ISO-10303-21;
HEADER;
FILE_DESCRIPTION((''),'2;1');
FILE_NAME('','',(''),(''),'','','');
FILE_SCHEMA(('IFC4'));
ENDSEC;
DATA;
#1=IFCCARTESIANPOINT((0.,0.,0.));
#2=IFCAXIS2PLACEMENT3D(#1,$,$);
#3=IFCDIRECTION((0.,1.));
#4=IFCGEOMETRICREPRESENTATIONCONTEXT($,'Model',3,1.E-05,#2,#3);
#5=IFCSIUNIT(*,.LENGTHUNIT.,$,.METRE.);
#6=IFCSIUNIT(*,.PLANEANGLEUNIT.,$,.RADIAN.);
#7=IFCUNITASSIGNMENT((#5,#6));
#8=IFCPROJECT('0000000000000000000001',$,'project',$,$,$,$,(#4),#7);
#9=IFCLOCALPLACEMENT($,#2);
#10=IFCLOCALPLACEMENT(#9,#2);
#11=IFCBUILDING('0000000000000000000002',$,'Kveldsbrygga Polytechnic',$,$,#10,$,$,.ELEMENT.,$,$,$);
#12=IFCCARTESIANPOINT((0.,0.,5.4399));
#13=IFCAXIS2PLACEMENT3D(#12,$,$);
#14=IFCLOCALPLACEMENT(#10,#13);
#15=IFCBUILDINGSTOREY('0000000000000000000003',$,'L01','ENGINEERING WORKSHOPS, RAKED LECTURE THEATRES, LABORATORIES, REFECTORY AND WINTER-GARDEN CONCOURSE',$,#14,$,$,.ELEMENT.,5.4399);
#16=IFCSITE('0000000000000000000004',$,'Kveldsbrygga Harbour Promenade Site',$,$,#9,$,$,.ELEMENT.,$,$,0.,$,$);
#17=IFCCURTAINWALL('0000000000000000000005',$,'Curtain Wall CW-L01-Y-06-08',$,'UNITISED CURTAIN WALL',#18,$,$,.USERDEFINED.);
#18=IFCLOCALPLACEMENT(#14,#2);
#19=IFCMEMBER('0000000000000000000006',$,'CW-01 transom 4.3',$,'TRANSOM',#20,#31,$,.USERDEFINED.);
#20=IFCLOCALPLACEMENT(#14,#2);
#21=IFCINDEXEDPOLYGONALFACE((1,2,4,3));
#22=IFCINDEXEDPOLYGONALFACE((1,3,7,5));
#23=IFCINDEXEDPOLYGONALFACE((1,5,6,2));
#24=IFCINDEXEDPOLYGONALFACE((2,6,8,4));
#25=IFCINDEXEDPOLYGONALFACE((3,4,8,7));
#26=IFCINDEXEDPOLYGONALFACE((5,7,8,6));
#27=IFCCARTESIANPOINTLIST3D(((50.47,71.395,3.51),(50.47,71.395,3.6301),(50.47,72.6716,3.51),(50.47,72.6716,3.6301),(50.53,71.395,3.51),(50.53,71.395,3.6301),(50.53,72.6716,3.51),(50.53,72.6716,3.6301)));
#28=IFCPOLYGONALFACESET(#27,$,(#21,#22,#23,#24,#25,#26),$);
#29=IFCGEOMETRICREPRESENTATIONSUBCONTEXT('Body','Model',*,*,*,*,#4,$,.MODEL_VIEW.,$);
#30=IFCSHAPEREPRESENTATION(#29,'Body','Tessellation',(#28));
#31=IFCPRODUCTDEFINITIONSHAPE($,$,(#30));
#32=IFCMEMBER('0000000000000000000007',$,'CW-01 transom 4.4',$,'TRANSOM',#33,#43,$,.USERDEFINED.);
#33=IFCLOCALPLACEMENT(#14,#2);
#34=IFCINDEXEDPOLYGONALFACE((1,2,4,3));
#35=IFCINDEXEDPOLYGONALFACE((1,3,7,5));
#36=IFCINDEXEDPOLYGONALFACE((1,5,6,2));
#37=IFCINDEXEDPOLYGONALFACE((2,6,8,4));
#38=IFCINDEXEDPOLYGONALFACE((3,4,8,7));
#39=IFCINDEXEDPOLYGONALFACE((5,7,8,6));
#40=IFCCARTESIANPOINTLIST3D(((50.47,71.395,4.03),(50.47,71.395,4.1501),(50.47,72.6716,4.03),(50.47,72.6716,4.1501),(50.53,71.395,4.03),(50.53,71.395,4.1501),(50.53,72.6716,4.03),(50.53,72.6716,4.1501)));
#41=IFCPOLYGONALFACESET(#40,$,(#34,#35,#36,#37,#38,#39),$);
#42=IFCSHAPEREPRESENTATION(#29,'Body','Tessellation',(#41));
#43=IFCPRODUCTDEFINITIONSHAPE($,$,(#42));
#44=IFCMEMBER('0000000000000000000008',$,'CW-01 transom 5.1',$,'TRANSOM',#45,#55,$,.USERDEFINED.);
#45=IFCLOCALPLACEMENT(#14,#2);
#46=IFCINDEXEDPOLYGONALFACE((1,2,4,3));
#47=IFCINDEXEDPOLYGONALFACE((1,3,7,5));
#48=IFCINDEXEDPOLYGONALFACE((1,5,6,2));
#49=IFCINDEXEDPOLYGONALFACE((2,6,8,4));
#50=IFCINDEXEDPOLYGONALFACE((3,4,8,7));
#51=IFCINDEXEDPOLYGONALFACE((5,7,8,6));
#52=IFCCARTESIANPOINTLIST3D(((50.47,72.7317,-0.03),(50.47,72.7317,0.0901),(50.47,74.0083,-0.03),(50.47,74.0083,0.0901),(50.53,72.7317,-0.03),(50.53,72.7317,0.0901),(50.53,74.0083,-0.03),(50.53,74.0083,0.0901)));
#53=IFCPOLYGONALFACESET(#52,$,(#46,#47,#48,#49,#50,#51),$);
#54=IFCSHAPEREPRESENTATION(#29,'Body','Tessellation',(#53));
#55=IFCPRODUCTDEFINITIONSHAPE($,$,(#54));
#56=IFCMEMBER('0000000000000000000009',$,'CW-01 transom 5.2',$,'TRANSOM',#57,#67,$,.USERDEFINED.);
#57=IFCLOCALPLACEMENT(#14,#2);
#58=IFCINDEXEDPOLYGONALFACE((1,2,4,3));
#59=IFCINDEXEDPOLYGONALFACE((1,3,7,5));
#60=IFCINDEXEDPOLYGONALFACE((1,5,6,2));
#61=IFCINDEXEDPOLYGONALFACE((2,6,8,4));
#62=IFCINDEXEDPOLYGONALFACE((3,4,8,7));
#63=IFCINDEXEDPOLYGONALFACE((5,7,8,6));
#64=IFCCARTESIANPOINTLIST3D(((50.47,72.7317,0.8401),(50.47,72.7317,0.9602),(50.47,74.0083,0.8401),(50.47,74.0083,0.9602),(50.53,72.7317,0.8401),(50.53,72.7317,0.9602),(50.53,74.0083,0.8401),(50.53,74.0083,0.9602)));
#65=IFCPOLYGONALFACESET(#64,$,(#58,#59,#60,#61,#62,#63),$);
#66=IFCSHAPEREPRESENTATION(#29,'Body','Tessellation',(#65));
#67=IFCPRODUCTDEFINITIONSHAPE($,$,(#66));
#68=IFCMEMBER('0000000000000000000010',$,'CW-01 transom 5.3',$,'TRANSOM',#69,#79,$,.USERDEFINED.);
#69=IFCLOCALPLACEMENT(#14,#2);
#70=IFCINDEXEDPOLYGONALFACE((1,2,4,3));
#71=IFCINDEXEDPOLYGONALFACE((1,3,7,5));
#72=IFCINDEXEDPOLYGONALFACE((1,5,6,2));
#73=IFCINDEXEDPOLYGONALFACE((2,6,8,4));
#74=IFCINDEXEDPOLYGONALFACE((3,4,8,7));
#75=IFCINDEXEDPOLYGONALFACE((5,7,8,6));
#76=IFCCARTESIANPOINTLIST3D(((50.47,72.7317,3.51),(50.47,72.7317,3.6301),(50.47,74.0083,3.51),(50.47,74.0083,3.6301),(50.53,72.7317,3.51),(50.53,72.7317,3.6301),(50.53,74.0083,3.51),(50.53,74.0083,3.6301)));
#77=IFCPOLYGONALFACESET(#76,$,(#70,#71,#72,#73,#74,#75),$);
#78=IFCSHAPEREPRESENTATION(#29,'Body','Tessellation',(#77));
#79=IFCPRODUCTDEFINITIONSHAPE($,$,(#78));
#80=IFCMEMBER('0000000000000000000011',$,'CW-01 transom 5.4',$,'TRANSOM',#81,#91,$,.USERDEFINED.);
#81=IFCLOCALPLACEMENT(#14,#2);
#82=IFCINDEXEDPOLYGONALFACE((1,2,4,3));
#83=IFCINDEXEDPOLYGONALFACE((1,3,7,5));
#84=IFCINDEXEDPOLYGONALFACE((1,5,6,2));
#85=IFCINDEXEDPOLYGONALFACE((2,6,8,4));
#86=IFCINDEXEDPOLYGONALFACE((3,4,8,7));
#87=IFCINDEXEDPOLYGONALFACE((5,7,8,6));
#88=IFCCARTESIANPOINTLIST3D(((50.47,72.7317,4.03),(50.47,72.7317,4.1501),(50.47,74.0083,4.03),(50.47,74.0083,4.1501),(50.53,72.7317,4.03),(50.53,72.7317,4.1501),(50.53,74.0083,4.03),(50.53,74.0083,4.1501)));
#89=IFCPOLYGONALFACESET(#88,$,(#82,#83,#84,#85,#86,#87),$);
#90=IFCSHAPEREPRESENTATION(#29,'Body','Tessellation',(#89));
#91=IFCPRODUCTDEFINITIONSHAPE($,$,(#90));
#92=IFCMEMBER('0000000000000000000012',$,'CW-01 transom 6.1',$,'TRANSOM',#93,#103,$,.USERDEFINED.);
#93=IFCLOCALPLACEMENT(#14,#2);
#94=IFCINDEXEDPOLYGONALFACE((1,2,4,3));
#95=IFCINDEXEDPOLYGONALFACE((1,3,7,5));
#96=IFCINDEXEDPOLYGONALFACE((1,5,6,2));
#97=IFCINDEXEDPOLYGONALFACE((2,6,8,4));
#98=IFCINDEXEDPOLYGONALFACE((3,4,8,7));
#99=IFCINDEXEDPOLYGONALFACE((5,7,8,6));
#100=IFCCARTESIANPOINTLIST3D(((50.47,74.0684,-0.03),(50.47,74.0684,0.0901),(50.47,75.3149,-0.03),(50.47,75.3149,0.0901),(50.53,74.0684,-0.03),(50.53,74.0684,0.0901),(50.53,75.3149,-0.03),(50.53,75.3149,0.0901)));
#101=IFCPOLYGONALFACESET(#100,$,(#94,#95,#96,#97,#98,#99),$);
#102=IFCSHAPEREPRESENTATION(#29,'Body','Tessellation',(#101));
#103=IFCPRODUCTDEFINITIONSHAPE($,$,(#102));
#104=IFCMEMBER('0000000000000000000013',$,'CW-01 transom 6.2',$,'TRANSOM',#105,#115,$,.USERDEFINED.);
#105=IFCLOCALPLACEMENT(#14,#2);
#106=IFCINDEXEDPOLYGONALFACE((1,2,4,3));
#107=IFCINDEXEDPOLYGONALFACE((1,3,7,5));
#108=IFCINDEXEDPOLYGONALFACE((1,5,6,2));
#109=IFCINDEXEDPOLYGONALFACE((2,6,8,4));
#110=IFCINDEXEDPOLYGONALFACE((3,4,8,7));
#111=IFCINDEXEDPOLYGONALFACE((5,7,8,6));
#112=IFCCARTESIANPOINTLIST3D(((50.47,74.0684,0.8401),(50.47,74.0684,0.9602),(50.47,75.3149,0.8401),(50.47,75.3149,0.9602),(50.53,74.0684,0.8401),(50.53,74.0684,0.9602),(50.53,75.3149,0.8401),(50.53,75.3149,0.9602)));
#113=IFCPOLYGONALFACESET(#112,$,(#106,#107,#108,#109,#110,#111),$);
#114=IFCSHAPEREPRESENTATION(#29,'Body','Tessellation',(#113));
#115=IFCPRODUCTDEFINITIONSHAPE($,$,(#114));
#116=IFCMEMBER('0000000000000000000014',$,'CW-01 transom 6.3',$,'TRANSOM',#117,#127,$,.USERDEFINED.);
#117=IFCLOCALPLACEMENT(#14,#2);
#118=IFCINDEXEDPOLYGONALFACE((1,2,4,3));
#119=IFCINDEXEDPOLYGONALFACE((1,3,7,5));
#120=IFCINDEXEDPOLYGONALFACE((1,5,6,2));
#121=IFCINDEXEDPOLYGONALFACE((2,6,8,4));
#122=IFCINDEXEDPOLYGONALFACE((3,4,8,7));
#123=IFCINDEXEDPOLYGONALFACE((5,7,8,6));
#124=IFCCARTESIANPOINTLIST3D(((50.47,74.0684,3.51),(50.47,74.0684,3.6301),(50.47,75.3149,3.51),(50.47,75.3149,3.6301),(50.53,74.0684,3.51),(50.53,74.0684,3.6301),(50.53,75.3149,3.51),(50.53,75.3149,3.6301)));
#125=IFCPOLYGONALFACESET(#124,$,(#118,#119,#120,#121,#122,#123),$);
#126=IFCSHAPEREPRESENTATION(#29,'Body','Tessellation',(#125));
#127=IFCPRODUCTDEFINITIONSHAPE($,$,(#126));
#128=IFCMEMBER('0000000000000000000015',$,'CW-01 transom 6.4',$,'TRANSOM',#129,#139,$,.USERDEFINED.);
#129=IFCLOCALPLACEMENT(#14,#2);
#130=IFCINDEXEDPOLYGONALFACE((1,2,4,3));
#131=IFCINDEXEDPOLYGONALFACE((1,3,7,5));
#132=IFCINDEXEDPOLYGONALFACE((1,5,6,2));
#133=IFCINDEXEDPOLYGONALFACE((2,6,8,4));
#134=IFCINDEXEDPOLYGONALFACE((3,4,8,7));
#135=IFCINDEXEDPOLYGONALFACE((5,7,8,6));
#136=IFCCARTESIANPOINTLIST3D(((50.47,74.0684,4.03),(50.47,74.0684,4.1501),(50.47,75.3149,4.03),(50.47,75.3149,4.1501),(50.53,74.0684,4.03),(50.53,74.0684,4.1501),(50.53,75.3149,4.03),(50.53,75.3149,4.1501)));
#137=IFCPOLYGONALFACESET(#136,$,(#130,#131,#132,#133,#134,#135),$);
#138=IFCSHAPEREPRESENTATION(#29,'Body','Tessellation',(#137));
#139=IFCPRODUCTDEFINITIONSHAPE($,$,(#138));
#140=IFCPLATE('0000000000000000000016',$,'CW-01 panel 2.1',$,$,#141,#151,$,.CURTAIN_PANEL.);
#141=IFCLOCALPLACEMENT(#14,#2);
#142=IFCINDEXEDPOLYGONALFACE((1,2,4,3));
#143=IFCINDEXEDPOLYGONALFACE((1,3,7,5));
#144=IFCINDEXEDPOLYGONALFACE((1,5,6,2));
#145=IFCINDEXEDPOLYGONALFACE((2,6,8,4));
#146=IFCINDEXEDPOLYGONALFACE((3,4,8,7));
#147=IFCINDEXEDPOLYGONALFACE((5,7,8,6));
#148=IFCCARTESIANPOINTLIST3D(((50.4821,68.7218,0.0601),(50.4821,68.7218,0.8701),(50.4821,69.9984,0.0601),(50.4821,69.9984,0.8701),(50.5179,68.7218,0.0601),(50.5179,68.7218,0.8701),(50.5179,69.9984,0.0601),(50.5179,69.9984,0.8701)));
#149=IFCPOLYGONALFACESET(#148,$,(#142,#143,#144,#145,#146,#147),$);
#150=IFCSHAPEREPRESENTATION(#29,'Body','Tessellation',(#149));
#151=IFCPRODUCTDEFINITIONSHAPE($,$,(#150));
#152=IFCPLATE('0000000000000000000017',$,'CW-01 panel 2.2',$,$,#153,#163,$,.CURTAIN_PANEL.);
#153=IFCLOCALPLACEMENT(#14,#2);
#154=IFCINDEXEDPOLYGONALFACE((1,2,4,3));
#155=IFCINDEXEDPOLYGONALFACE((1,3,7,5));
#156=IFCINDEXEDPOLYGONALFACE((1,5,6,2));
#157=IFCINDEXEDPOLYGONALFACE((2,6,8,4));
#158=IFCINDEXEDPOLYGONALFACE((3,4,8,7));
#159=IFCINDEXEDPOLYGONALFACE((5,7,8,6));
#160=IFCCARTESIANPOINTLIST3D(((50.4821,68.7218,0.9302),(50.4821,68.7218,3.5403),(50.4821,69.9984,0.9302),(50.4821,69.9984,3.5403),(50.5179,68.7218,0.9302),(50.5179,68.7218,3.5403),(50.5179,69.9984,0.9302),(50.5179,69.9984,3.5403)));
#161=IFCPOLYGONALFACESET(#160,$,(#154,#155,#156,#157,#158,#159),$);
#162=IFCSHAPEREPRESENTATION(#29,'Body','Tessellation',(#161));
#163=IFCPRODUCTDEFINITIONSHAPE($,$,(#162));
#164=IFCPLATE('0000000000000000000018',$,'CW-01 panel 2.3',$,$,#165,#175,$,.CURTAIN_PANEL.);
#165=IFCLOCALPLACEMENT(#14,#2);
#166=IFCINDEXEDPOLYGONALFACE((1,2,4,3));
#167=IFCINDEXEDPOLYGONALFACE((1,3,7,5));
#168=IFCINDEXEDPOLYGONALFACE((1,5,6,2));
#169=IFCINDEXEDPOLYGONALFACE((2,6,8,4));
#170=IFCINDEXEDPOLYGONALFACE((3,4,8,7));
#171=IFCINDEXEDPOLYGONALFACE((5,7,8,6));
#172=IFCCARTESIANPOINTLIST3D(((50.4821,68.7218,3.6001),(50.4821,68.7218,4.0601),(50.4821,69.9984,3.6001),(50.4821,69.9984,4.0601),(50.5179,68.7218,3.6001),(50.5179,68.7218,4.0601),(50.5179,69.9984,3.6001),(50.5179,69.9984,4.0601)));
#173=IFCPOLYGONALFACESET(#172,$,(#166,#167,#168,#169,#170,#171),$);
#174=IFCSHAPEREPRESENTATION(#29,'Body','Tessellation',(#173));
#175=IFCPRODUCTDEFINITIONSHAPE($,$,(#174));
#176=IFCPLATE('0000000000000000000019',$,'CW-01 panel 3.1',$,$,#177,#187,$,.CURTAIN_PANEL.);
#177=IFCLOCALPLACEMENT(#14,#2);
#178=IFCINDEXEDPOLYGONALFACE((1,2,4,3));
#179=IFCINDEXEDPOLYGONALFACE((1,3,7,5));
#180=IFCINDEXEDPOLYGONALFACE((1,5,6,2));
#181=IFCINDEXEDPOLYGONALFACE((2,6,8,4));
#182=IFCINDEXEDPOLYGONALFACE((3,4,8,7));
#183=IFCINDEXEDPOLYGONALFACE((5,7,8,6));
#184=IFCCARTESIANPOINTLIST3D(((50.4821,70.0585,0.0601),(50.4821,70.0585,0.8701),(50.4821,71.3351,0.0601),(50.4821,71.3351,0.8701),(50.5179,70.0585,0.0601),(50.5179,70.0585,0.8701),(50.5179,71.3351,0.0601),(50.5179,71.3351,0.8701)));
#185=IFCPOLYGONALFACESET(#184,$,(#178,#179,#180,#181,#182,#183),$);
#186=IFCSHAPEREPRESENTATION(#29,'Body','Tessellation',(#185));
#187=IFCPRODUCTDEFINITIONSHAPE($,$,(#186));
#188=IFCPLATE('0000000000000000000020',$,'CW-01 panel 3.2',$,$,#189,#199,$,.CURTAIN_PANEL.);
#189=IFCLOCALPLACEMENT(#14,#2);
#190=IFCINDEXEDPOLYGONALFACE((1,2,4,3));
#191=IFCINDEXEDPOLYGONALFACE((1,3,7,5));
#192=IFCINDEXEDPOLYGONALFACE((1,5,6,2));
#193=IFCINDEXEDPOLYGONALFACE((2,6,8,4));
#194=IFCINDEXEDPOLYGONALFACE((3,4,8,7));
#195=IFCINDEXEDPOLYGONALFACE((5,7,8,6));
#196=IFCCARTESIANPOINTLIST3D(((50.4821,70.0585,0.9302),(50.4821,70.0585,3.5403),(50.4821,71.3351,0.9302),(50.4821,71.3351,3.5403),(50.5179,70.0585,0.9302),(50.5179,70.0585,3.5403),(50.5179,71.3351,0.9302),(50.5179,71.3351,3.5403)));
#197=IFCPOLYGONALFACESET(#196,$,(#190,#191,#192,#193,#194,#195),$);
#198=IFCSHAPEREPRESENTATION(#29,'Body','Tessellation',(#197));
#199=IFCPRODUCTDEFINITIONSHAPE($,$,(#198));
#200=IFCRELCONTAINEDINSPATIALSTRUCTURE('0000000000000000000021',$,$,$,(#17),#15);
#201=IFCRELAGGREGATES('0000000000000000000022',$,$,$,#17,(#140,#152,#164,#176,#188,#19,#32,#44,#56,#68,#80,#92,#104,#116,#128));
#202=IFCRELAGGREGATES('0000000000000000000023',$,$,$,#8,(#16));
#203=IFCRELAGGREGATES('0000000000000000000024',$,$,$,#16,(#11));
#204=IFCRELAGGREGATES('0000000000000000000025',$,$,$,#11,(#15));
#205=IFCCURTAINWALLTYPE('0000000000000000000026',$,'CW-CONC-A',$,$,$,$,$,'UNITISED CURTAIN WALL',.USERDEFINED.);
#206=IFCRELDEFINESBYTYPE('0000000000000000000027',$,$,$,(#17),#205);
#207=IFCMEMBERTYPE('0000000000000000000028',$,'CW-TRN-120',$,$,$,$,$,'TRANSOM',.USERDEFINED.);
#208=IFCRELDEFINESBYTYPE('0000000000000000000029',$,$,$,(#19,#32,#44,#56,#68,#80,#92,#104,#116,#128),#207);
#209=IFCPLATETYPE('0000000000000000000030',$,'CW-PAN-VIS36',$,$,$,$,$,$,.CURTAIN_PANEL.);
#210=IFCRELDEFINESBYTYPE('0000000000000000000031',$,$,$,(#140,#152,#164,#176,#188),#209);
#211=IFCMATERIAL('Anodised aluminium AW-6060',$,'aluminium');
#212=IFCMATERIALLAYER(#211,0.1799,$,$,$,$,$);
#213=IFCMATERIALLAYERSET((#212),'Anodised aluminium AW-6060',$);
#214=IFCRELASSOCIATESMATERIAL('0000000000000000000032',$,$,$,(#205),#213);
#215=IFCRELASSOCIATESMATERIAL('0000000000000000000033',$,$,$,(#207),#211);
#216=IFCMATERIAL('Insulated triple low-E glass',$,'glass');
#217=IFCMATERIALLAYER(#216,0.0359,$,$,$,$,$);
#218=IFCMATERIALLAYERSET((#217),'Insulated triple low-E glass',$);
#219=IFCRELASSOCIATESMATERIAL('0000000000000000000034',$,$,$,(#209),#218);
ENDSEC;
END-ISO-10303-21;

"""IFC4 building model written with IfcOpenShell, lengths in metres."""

from ifc_helpers import new_model, si_unit, direction, frame, origin, origin_2d, place, context, subcontext, project, spatial, rectangle, extrude, material, layer, layer_set, material_profile, profile_set, type_object, element, aggregate, save


model = new_model("IFC4")

# Units and contexts
model_context = context("Model", 3, precision=1e-05, world=origin(), true_north=direction((0.0, 1.0)))
body_context = subcontext(model_context, "Body", "Model", "MODEL_VIEW")
ifc_project = project(units=[si_unit("LENGTHUNIT", "METRE"), si_unit("PLANEANGLEUNIT", "RADIAN")], contexts=[model_context])

# Site, building, storey
site_placement = place(None, origin())
site = spatial("IfcSite", under=ifc_project, at=site_placement, Name="Kveldsbrygga Harbour Promenade Site", CompositionType="ELEMENT", RefElevation=0.0)
building_placement = place(site_placement, origin())
building = spatial("IfcBuilding", under=site, at=building_placement, Name="Kveldsbrygga Polytechnic", CompositionType="ELEMENT")
storey_placement = place(building_placement, frame((0.0, 0.0, 5.4399)))
storey = spatial("IfcBuildingStorey", under=building, at=storey_placement, Name="L01", Description="ENGINEERING WORKSHOPS, RAKED LECTURE THEATRES, LABORATORIES, REFECTORY AND WINTER-GARDEN CONCOURSE", CompositionType="ELEMENT", Elevation=5.4399)

# Curtain wall, members, plates
ifc_material_1 = material(Name="Anodised aluminium AW-6060", Category="aluminium")
ifc_layer_1 = layer(ifc_material_1, 0.1799)
ifc_layer_set_1 = layer_set([ifc_layer_1], Name="Anodised aluminium AW-6060")
curtain_wall_type = type_object("IfcCurtainWallType", Name="CW-CONC-A", ElementType="UNITISED CURTAIN WALL", PredefinedType="USERDEFINED", material=ifc_layer_set_1)
curtain_wall_placement = place(storey_placement, origin())
curtain_wall = element("IfcCurtainWall", 1, at=curtain_wall_placement, inside=storey, type_object=curtain_wall_type, Name="Curtain Wall CW-L01-Y-06-08", ObjectType="UNITISED CURTAIN WALL", PredefinedType="USERDEFINED")
ifc_material_profile_1 = material_profile(ifc_material_1, rectangle(XDim=0.0601, YDim=0.1201, at=origin_2d()), Name="ALU 60x120")
ifc_profile_set_1 = profile_set([ifc_material_profile_1], Name="Anodised aluminium AW-6060")
member_type_1 = type_object("IfcMemberType", Name="CW-TRN-120", ElementType="TRANSOM", PredefinedType="USERDEFINED", material=ifc_profile_set_1)
member_1_placement = place(storey_placement, frame((50.5, 71.395, 3.5701), z_axis=(0.0, 1.0, 0.0), x_axis=(-1.0, 0.0, 0.0)))
member_1 = element("IfcMember", 2, at=member_1_placement, type_object=member_type_1, Name="CW-01 transom 4.3", ObjectType="TRANSOM", PredefinedType="USERDEFINED", context=body_context, shape_type="SweptSolid", body=[
    extrude(rectangle(XDim=0.0601, YDim=0.1201, at=origin_2d()), origin(), (0.0, 0.0, 1.0), 1.2766),
])
member_2_placement = place(storey_placement, frame((50.5, 71.395, 4.0901), z_axis=(0.0, 1.0, 0.0), x_axis=(-1.0, 0.0, 0.0)))
member_2 = element("IfcMember", 3, at=member_2_placement, type_object=member_type_1, Name="CW-01 transom 4.4", ObjectType="TRANSOM", PredefinedType="USERDEFINED", context=body_context, shape_type="SweptSolid", body=[
    extrude(rectangle(XDim=0.0601, YDim=0.1201, at=origin_2d()), origin(), (0.0, 0.0, 1.0), 1.2766),
])
member_3_placement = place(storey_placement, frame((50.5, 72.7317, 0.03), z_axis=(0.0, 1.0, 0.0), x_axis=(-1.0, 0.0, 0.0)))
member_3 = element("IfcMember", 4, at=member_3_placement, type_object=member_type_1, Name="CW-01 transom 5.1", ObjectType="TRANSOM", PredefinedType="USERDEFINED", context=body_context, shape_type="SweptSolid", body=[
    extrude(rectangle(XDim=0.0601, YDim=0.1201, at=origin_2d()), origin(), (0.0, 0.0, 1.0), 1.2766),
])
member_4_placement = place(storey_placement, frame((50.5, 72.7317, 0.9001), z_axis=(0.0, 1.0, 0.0), x_axis=(-1.0, 0.0, 0.0)))
member_4 = element("IfcMember", 5, at=member_4_placement, type_object=member_type_1, Name="CW-01 transom 5.2", ObjectType="TRANSOM", PredefinedType="USERDEFINED", context=body_context, shape_type="SweptSolid", body=[
    extrude(rectangle(XDim=0.0601, YDim=0.1201, at=origin_2d()), origin(), (0.0, 0.0, 1.0), 1.2766),
])
member_5_placement = place(storey_placement, frame((50.5, 72.7317, 3.5701), z_axis=(0.0, 1.0, 0.0), x_axis=(-1.0, 0.0, 0.0)))
member_5 = element("IfcMember", 6, at=member_5_placement, type_object=member_type_1, Name="CW-01 transom 5.3", ObjectType="TRANSOM", PredefinedType="USERDEFINED", context=body_context, shape_type="SweptSolid", body=[
    extrude(rectangle(XDim=0.0601, YDim=0.1201, at=origin_2d()), origin(), (0.0, 0.0, 1.0), 1.2766),
])
member_6_placement = place(storey_placement, frame((50.5, 72.7317, 4.0901), z_axis=(0.0, 1.0, 0.0), x_axis=(-1.0, 0.0, 0.0)))
member_6 = element("IfcMember", 7, at=member_6_placement, type_object=member_type_1, Name="CW-01 transom 5.4", ObjectType="TRANSOM", PredefinedType="USERDEFINED", context=body_context, shape_type="SweptSolid", body=[
    extrude(rectangle(XDim=0.0601, YDim=0.1201, at=origin_2d()), origin(), (0.0, 0.0, 1.0), 1.2766),
])
member_7_placement = place(storey_placement, frame((50.5, 74.0684, 0.03), z_axis=(0.0, 1.0, 0.0), x_axis=(-1.0, 0.0, 0.0)))
member_7 = element("IfcMember", 8, at=member_7_placement, type_object=member_type_1, Name="CW-01 transom 6.1", ObjectType="TRANSOM", PredefinedType="USERDEFINED", context=body_context, shape_type="SweptSolid", body=[
    extrude(rectangle(XDim=0.0601, YDim=0.1201, at=origin_2d()), origin(), (0.0, 0.0, 1.0), 1.2466),
])
member_8_placement = place(storey_placement, frame((50.5, 74.0684, 0.9001), z_axis=(0.0, 1.0, 0.0), x_axis=(-1.0, 0.0, 0.0)))
member_8 = element("IfcMember", 9, at=member_8_placement, type_object=member_type_1, Name="CW-01 transom 6.2", ObjectType="TRANSOM", PredefinedType="USERDEFINED", context=body_context, shape_type="SweptSolid", body=[
    extrude(rectangle(XDim=0.0601, YDim=0.1201, at=origin_2d()), origin(), (0.0, 0.0, 1.0), 1.2466),
])
member_9_placement = place(storey_placement, frame((50.5, 74.0684, 3.5701), z_axis=(0.0, 1.0, 0.0), x_axis=(-1.0, 0.0, 0.0)))
member_9 = element("IfcMember", 10, at=member_9_placement, type_object=member_type_1, Name="CW-01 transom 6.3", ObjectType="TRANSOM", PredefinedType="USERDEFINED", context=body_context, shape_type="SweptSolid", body=[
    extrude(rectangle(XDim=0.0601, YDim=0.1201, at=origin_2d()), origin(), (0.0, 0.0, 1.0), 1.2466),
])
member_10_placement = place(storey_placement, frame((50.5, 74.0684, 4.0901), z_axis=(0.0, 1.0, 0.0), x_axis=(-1.0, 0.0, 0.0)))
member_10 = element("IfcMember", 11, at=member_10_placement, type_object=member_type_1, Name="CW-01 transom 6.4", ObjectType="TRANSOM", PredefinedType="USERDEFINED", context=body_context, shape_type="SweptSolid", body=[
    extrude(rectangle(XDim=0.0601, YDim=0.1201, at=origin_2d()), origin(), (0.0, 0.0, 1.0), 1.2466),
])
ifc_material_2 = material(Name="Insulated triple low-E glass", Category="glass")
ifc_layer_2 = layer(ifc_material_2, 0.0359)
ifc_layer_set_2 = layer_set([ifc_layer_2], Name="Insulated triple low-E glass")
plate_type = type_object("IfcPlateType", Name="CW-PAN-VIS36", PredefinedType="CURTAIN_PANEL", material=ifc_layer_set_2)
plate_1_placement = place(storey_placement, frame((50.5, 69.3601, 0.0601), z_axis=(0.0, 0.0, 1.0), x_axis=(0.0, 1.0, 0.0)))
plate_1 = element("IfcPlate", 12, at=plate_1_placement, type_object=plate_type, Name="CW-01 panel 2.1", PredefinedType="CURTAIN_PANEL", context=body_context, shape_type="SweptSolid", body=[
    extrude(rectangle(XDim=1.2766, YDim=0.0359, at=origin_2d()), origin(), (0.0, 0.0, 1.0), 0.8101),
])
plate_2_placement = place(storey_placement, frame((50.5, 69.3601, 0.9302), z_axis=(0.0, 0.0, 1.0), x_axis=(0.0, 1.0, 0.0)))
plate_2 = element("IfcPlate", 13, at=plate_2_placement, type_object=plate_type, Name="CW-01 panel 2.2", PredefinedType="CURTAIN_PANEL", context=body_context, shape_type="SweptSolid", body=[
    extrude(rectangle(XDim=1.2766, YDim=0.0359, at=origin_2d()), origin(), (0.0, 0.0, 1.0), 2.6101),
])
plate_3_placement = place(storey_placement, frame((50.5, 69.3601, 3.6001), z_axis=(0.0, 0.0, 1.0), x_axis=(0.0, 1.0, 0.0)))
plate_3 = element("IfcPlate", 14, at=plate_3_placement, type_object=plate_type, Name="CW-01 panel 2.3", PredefinedType="CURTAIN_PANEL", context=body_context, shape_type="SweptSolid", body=[
    extrude(rectangle(XDim=1.2766, YDim=0.0359, at=origin_2d()), origin(), (0.0, 0.0, 1.0), 0.46),
])
plate_4_placement = place(storey_placement, frame((50.5, 70.6968, 0.0601), z_axis=(0.0, 0.0, 1.0), x_axis=(0.0, 1.0, 0.0)))
plate_4 = element("IfcPlate", 15, at=plate_4_placement, type_object=plate_type, Name="CW-01 panel 3.1", PredefinedType="CURTAIN_PANEL", context=body_context, shape_type="SweptSolid", body=[
    extrude(rectangle(XDim=1.2766, YDim=0.0359, at=origin_2d()), origin(), (0.0, 0.0, 1.0), 0.8101),
])
plate_5_placement = place(storey_placement, frame((50.5, 70.6968, 0.9302), z_axis=(0.0, 0.0, 1.0), x_axis=(0.0, 1.0, 0.0)))
plate_5 = element("IfcPlate", 16, at=plate_5_placement, type_object=plate_type, Name="CW-01 panel 3.2", PredefinedType="CURTAIN_PANEL", context=body_context, shape_type="SweptSolid", body=[
    extrude(rectangle(XDim=1.2766, YDim=0.0359, at=origin_2d()), origin(), (0.0, 0.0, 1.0), 2.6101),
])
aggregate(curtain_wall, [plate_1, plate_2, plate_3, plate_4, plate_5, member_1, member_2, member_3, member_4, member_5, member_6, member_7, member_8, member_9, member_10])

save(model, "model.ifc")
